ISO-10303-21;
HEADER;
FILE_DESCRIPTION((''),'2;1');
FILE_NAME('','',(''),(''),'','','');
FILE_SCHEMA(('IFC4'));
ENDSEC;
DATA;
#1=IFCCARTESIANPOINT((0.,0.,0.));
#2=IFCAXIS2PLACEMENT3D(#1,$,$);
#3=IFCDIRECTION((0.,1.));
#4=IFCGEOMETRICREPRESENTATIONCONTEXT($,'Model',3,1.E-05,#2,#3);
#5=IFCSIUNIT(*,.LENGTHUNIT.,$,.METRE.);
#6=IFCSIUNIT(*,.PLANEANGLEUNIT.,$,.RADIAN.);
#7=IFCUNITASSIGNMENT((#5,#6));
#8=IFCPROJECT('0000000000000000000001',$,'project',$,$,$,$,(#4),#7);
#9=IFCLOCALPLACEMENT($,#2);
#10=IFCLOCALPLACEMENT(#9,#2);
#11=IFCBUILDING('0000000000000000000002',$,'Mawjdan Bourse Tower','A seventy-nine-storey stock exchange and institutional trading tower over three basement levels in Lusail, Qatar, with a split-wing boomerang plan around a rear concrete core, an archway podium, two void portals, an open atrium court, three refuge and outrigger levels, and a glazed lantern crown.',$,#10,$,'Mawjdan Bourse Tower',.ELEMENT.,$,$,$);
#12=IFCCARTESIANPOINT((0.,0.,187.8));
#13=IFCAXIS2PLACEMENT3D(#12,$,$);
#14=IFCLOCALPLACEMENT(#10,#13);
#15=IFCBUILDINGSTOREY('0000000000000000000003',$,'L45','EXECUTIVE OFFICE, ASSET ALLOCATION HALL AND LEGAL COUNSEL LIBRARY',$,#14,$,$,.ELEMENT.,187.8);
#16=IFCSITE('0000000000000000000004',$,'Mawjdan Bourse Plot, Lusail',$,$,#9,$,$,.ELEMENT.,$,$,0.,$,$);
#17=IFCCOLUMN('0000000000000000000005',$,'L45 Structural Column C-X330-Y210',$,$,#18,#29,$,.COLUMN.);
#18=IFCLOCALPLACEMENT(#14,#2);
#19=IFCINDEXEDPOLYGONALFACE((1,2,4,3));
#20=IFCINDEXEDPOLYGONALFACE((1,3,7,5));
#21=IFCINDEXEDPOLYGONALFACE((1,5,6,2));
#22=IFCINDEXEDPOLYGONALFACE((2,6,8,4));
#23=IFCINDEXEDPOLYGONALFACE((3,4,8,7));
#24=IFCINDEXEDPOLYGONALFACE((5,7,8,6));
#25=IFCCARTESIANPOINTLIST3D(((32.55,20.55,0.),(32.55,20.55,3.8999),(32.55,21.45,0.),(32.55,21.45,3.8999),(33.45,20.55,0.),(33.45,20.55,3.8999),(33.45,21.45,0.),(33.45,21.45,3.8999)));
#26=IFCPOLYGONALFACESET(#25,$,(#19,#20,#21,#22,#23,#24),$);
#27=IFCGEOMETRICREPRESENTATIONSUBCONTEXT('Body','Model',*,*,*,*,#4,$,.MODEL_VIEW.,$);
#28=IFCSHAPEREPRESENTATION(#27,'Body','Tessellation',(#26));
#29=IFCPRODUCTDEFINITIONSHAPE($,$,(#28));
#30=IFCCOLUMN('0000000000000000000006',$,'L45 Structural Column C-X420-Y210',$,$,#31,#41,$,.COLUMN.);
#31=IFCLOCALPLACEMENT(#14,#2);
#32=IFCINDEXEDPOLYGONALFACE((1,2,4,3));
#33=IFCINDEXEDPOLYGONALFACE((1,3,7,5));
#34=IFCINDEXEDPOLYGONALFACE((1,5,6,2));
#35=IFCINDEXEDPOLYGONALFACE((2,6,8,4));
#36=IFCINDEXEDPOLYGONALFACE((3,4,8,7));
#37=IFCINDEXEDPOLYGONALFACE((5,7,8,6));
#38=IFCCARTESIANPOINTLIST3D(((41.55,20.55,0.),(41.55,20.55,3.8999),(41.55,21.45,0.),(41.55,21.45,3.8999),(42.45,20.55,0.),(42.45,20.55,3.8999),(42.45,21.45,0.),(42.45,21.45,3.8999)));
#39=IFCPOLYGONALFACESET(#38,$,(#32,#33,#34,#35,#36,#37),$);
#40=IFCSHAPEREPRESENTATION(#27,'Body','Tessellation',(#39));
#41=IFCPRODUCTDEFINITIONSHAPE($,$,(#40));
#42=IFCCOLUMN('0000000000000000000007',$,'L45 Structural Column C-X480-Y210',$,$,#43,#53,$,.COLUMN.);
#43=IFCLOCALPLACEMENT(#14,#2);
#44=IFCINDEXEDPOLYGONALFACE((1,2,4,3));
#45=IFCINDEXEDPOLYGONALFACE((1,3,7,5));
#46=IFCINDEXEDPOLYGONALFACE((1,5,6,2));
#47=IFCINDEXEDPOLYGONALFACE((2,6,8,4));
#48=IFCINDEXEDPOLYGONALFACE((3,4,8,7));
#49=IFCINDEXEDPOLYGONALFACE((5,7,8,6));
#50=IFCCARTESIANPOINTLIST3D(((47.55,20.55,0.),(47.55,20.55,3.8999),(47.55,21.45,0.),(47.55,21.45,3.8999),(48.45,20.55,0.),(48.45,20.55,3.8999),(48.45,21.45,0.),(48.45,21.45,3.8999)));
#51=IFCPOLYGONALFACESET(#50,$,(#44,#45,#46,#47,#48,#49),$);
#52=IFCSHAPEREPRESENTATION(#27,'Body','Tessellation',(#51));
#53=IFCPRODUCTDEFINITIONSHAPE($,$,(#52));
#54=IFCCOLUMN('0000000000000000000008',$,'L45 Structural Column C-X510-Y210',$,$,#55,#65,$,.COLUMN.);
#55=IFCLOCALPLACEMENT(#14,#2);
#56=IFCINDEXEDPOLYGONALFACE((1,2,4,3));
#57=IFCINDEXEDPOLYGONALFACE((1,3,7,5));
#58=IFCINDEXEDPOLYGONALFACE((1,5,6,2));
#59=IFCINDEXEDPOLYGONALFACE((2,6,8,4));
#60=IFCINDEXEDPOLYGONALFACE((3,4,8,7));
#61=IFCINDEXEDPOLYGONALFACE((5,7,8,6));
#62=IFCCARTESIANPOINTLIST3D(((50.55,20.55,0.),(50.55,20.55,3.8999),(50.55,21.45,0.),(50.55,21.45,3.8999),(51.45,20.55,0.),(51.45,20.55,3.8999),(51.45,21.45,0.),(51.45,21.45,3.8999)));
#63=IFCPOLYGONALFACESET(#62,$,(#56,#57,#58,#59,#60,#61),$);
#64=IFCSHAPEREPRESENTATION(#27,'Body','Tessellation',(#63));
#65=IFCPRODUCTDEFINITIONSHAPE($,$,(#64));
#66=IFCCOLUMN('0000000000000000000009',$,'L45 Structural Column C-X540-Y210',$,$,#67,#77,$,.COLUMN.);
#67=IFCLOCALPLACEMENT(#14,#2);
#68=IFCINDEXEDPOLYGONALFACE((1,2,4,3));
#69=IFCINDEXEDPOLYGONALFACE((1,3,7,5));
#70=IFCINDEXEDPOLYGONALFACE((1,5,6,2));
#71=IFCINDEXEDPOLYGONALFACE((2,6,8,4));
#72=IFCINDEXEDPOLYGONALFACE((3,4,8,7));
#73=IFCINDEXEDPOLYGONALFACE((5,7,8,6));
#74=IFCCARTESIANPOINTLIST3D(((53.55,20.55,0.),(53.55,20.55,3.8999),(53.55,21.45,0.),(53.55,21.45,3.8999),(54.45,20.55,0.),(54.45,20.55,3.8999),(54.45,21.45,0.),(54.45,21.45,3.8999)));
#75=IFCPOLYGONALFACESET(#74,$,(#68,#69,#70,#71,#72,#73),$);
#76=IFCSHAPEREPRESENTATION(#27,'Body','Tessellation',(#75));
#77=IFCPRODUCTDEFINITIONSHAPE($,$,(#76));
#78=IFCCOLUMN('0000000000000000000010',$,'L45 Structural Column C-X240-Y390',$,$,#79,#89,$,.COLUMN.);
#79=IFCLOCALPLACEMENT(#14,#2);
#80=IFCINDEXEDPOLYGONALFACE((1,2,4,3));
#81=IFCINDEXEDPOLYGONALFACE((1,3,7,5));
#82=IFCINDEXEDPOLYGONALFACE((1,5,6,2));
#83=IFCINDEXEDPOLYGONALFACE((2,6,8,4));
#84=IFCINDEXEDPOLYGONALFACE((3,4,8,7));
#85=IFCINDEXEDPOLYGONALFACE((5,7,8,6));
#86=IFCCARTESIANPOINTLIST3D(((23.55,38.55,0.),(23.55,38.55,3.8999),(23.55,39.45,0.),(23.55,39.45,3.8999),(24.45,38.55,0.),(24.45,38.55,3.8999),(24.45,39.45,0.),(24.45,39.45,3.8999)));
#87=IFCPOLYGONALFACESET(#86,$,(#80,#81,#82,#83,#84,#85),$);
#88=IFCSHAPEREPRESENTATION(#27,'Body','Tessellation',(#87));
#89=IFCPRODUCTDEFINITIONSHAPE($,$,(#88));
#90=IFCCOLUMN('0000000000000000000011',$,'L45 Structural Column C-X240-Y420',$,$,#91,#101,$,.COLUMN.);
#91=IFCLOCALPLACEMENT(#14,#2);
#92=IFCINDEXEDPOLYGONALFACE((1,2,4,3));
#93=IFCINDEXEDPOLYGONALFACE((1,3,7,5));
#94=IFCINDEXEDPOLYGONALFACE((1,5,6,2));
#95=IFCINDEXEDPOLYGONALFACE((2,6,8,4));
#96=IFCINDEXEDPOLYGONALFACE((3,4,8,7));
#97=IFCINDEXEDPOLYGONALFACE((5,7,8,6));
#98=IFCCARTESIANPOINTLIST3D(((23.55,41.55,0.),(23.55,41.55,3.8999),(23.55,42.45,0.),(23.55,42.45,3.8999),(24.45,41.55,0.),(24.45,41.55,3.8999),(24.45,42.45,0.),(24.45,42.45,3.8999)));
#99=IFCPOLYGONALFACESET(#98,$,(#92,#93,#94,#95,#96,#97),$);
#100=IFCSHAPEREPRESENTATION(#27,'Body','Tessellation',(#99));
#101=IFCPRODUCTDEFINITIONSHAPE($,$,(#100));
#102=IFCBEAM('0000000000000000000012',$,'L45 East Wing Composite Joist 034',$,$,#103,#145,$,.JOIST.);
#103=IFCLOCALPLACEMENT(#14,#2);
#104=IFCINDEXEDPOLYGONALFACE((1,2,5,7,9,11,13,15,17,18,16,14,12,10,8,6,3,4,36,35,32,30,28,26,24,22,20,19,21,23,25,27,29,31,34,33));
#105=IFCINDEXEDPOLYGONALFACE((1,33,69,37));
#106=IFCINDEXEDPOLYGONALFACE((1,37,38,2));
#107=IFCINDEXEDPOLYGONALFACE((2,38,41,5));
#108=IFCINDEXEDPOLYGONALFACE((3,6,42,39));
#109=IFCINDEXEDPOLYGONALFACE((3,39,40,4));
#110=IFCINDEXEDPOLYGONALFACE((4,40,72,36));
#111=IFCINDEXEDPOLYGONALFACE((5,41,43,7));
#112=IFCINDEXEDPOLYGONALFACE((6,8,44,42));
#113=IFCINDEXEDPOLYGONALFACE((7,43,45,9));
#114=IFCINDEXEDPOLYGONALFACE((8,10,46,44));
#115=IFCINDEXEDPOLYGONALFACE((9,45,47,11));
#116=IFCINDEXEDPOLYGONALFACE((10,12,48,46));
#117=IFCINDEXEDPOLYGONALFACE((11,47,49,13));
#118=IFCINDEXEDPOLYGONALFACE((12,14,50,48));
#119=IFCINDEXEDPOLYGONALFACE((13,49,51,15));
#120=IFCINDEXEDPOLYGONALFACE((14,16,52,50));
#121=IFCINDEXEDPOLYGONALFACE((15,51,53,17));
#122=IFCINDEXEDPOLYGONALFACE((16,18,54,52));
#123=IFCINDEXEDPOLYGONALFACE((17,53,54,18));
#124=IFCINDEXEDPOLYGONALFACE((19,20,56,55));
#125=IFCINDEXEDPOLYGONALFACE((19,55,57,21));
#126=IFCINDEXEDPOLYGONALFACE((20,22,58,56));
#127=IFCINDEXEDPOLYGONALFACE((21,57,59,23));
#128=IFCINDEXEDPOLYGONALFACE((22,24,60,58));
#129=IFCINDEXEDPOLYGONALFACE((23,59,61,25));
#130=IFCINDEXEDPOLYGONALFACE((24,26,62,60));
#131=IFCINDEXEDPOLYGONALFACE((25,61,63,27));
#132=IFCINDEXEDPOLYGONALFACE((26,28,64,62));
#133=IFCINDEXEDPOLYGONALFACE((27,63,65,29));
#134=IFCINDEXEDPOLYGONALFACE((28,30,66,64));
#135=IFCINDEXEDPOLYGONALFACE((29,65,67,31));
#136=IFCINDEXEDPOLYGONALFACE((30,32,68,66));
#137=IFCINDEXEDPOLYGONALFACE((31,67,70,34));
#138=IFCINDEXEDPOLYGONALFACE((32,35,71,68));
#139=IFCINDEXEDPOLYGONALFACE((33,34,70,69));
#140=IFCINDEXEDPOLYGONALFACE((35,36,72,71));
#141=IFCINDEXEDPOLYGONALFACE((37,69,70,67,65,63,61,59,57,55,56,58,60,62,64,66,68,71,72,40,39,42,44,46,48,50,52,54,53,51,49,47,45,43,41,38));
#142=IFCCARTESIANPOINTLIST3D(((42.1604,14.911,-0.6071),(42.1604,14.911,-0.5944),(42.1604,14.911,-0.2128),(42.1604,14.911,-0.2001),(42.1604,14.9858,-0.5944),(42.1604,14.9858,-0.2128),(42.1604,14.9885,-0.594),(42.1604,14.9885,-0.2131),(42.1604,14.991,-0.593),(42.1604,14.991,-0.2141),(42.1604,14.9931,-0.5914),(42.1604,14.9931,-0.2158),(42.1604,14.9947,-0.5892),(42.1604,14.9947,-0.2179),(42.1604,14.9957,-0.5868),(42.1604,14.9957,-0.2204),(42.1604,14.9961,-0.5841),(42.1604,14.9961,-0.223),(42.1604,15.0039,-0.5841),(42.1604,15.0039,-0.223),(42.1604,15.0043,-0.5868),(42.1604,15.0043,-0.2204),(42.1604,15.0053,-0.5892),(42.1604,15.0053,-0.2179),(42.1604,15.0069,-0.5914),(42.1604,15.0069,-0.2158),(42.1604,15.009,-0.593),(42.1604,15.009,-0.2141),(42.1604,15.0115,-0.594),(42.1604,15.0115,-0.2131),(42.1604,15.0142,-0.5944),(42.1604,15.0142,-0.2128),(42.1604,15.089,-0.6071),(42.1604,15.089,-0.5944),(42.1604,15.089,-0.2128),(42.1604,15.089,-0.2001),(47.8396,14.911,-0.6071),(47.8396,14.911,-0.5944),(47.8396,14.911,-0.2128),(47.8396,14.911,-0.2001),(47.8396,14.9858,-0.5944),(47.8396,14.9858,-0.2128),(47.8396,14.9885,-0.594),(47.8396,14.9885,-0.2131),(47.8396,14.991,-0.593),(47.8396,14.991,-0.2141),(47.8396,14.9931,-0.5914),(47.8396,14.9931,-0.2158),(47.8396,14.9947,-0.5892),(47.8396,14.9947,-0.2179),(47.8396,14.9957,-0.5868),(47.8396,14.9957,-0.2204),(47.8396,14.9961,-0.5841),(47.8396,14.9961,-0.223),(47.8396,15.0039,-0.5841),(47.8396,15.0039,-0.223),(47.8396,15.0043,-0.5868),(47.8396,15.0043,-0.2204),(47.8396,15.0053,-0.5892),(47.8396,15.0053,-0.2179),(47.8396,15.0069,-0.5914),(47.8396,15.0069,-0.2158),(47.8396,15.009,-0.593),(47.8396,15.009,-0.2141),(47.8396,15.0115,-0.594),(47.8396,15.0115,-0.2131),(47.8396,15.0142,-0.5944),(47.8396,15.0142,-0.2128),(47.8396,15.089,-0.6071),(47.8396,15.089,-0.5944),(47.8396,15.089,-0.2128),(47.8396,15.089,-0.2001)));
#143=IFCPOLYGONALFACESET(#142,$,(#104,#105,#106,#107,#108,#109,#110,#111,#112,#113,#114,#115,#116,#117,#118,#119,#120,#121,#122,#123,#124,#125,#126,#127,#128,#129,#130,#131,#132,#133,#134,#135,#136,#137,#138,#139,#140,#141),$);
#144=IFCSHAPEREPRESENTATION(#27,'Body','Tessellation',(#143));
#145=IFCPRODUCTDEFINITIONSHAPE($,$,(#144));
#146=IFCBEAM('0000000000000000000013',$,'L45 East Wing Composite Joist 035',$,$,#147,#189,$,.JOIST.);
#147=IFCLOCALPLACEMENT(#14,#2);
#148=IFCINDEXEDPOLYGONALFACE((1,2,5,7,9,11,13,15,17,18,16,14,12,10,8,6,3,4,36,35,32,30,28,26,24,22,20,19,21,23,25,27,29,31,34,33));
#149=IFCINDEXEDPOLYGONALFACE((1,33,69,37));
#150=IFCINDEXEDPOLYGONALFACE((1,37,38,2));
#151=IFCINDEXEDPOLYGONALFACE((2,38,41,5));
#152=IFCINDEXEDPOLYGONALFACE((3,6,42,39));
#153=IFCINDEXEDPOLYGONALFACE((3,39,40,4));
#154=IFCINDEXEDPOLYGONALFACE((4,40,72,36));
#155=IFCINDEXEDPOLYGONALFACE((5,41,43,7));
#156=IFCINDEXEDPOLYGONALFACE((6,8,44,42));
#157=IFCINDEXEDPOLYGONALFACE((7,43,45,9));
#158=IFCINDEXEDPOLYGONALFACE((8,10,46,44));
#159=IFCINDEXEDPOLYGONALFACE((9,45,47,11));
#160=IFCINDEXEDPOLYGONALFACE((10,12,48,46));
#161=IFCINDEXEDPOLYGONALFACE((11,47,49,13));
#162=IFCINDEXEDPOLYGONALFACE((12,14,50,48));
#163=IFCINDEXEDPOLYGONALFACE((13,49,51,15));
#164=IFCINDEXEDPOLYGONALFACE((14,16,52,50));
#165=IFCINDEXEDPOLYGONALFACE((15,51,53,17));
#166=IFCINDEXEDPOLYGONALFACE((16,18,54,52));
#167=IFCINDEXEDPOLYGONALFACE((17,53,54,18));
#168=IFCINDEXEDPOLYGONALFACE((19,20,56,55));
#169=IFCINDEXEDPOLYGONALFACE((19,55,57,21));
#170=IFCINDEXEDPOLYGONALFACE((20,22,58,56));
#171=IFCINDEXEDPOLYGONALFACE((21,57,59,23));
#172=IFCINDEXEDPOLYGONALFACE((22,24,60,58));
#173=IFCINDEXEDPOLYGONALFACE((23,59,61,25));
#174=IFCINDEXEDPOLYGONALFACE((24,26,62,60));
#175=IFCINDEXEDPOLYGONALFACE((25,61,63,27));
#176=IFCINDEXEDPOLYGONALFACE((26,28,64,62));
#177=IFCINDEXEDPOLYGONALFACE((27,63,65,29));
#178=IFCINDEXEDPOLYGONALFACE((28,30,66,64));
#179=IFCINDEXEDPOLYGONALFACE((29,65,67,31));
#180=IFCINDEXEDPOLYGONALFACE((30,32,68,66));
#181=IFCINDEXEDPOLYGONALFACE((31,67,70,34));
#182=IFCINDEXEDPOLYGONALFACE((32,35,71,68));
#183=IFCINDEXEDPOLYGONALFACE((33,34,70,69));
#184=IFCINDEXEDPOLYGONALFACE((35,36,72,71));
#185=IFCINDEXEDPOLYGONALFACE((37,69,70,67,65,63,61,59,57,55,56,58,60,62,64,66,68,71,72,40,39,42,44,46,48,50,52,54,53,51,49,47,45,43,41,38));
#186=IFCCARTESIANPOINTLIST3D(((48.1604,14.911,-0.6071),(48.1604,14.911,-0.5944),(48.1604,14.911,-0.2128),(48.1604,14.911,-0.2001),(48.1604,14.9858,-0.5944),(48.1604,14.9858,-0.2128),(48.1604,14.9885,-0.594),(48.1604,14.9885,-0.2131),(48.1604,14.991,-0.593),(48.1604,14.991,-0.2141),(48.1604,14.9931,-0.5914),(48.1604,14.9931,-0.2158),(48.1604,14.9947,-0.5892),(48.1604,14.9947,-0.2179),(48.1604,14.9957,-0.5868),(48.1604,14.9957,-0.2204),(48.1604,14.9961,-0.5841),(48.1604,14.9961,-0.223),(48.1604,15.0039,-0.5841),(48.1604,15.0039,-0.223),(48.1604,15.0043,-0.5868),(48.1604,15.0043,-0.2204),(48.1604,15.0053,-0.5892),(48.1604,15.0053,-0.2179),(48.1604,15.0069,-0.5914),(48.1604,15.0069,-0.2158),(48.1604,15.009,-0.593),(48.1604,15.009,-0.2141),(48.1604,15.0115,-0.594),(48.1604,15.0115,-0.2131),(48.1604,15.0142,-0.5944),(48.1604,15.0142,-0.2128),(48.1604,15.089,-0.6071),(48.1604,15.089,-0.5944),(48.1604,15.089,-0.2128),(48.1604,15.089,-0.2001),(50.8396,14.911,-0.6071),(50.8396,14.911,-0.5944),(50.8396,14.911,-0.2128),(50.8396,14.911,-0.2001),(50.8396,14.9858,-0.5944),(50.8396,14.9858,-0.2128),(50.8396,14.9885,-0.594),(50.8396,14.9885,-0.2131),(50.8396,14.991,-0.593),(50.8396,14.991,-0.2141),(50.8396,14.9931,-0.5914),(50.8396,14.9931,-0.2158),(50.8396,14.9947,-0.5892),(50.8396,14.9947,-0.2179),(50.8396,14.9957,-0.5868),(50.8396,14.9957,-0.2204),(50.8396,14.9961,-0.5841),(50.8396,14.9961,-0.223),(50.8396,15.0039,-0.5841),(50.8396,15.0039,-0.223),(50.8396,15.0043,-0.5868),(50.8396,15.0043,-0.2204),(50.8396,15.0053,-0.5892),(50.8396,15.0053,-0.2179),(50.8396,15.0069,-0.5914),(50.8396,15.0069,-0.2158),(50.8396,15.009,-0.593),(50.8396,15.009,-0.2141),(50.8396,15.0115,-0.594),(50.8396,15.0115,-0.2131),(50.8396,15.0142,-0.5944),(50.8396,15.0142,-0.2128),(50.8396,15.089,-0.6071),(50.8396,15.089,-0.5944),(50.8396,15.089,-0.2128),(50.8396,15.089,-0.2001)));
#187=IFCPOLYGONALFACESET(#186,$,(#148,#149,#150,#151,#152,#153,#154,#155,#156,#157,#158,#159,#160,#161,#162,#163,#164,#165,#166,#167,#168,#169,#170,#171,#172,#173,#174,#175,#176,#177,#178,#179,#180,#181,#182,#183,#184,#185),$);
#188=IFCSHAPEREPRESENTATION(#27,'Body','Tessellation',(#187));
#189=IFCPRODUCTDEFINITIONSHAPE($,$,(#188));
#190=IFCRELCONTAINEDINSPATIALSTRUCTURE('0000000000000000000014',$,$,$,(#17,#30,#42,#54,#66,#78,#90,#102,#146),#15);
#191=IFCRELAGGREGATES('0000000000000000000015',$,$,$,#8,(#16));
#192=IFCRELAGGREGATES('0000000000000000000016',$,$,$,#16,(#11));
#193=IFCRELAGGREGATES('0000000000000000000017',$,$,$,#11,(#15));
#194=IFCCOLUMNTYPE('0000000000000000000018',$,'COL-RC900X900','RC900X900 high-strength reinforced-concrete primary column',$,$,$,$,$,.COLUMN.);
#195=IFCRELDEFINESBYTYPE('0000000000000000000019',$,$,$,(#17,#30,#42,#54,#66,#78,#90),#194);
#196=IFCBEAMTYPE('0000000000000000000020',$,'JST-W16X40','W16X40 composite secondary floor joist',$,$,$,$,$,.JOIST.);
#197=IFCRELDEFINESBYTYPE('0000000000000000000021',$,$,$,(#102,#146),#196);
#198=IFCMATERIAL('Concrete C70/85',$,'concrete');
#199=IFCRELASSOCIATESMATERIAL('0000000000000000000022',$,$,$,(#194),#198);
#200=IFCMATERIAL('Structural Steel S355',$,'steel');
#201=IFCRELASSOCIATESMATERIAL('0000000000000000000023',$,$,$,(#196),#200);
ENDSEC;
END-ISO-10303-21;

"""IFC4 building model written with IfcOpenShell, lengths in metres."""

from ifc_helpers import new_model, si_unit, direction, frame, origin, origin_2d, place, context, subcontext, project, spatial, rectangle, i_section, extrude, material, material_profile, profile_set, type_object, element, save


model = new_model("IFC4")

# Units and contexts
model_context = context("Model", 3, precision=1e-05, world=origin(), true_north=direction((0.0, 1.0)))
body_context = subcontext(model_context, "Body", "Model", "MODEL_VIEW")
ifc_project = project(units=[si_unit("LENGTHUNIT", "METRE"), si_unit("PLANEANGLEUNIT", "RADIAN")], contexts=[model_context])

# Site, building, storey
site_placement = place(None, origin())
site = spatial("IfcSite", under=ifc_project, at=site_placement, Name="Mawjdan Bourse Plot, Lusail", CompositionType="ELEMENT", RefElevation=0.0)
building_placement = place(site_placement, origin())
building = spatial("IfcBuilding", under=site, at=building_placement, Name="Mawjdan Bourse Tower", Description="A seventy-nine-storey stock exchange and institutional trading tower over three basement levels in Lusail, Qatar, with a split-wing boomerang plan around a rear concrete core, an archway podium, two void portals, an open atrium court, three refuge and outrigger levels, and a glazed lantern crown.", LongName="Mawjdan Bourse Tower", CompositionType="ELEMENT")
storey_placement = place(building_placement, frame((0.0, 0.0, 187.8)))
storey = spatial("IfcBuildingStorey", under=building, at=storey_placement, Name="L45", Description="EXECUTIVE OFFICE, ASSET ALLOCATION HALL AND LEGAL COUNSEL LIBRARY", CompositionType="ELEMENT", Elevation=187.8)

# Columns
ifc_material_1 = material(Name="Concrete C70/85", Category="concrete")
ifc_material_profile_1 = material_profile(ifc_material_1, rectangle(XDim=0.8999, YDim=0.8999, at=origin_2d()), Name="RC900X900")
ifc_profile_set_1 = profile_set([ifc_material_profile_1], Name="Concrete C70/85")
column_type = type_object("IfcColumnType", Name="COL-RC900X900", Description="RC900X900 high-strength reinforced-concrete primary column", PredefinedType="COLUMN", material=ifc_profile_set_1)
for number, where, z_axis, x_axis, name in (
    (1, (33.0, 21.0, 0.0), (0.0, 0.0, 1.0), (1.0, 0.0, 0.0), "L45 Structural Column C-X330-Y210"),
    (2, (42.0, 21.0, 0.0), (0.0, 0.0, 1.0), (1.0, 0.0, 0.0), "L45 Structural Column C-X420-Y210"),
    (3, (48.0, 21.0, 0.0), (0.0, 0.0, 1.0), (1.0, 0.0, 0.0), "L45 Structural Column C-X480-Y210"),
    (4, (51.0, 21.0, 0.0), (0.0, 0.0, 1.0), (1.0, 0.0, 0.0), "L45 Structural Column C-X510-Y210"),
    (5, (54.0, 21.0, 0.0), (0.0, 0.0, 1.0), (1.0, 0.0, 0.0), "L45 Structural Column C-X540-Y210"),
    (6, (24.0, 39.0, 0.0), (0.0, 0.0, 1.0), (1.0, 0.0, 0.0), "L45 Structural Column C-X240-Y390"),
    (7, (24.0, 42.0, 0.0), (0.0, 0.0, 1.0), (1.0, 0.0, 0.0), "L45 Structural Column C-X240-Y420"),
):
    element("IfcColumn", number, at=place(storey_placement, frame(where, z_axis=z_axis, x_axis=x_axis)), inside=storey, type_object=column_type, Name=name, PredefinedType="COLUMN", context=body_context, shape_type="SweptSolid", body=[
        extrude(rectangle(XDim=0.8999, YDim=0.8999, at=origin_2d()), origin(), (0.0, 0.0, 1.0), 3.8999),
    ])

# Beams
ifc_material_2 = material(Name="Structural Steel S355", Category="steel")
ifc_material_profile_2 = material_profile(ifc_material_2, i_section(OverallWidth=0.178, OverallDepth=0.407, WebThickness=0.0078, FlangeThickness=0.0127, FilletRadius=0.0103, at=origin_2d()), Name="W16X40")
ifc_profile_set_2 = profile_set([ifc_material_profile_2], Name="Structural Steel S355")
beam_type_1 = type_object("IfcBeamType", Name="JST-W16X40", Description="W16X40 composite secondary floor joist", PredefinedType="JOIST", material=ifc_profile_set_2)
beam_1_placement = place(storey_placement, frame((42.1604, 15.0, -0.4036), z_axis=(1.0, 0.0, 0.0), x_axis=(0.0, 1.0, 0.0)))
element("IfcBeam", 8, at=beam_1_placement, inside=storey, type_object=beam_type_1, Name="L45 East Wing Composite Joist 034", PredefinedType="JOIST", context=body_context, shape_type="SweptSolid", body=[
    extrude(i_section(OverallWidth=0.178, OverallDepth=0.407, WebThickness=0.0078, FlangeThickness=0.0127, FilletRadius=0.0103, at=origin_2d()), origin(), (0.0, 0.0, 1.0), 5.6792),
])
for number, where, z_axis, x_axis, name in (
    (9, (48.1604, 15.0, -0.4036), (1.0, 0.0, 0.0), (0.0, 1.0, 0.0), "L45 East Wing Composite Joist 035"),
):
    element("IfcBeam", number, at=place(storey_placement, frame(where, z_axis=z_axis, x_axis=x_axis)), inside=storey, type_object=beam_type_1, Name=name, PredefinedType="JOIST", context=body_context, shape_type="SweptSolid", body=[
        extrude(i_section(OverallWidth=0.178, OverallDepth=0.407, WebThickness=0.0078, FlangeThickness=0.0127, FilletRadius=0.0103, at=origin_2d()), origin(), (0.0, 0.0, 1.0), 2.6792),
    ])

save(model, "model.ifc")
